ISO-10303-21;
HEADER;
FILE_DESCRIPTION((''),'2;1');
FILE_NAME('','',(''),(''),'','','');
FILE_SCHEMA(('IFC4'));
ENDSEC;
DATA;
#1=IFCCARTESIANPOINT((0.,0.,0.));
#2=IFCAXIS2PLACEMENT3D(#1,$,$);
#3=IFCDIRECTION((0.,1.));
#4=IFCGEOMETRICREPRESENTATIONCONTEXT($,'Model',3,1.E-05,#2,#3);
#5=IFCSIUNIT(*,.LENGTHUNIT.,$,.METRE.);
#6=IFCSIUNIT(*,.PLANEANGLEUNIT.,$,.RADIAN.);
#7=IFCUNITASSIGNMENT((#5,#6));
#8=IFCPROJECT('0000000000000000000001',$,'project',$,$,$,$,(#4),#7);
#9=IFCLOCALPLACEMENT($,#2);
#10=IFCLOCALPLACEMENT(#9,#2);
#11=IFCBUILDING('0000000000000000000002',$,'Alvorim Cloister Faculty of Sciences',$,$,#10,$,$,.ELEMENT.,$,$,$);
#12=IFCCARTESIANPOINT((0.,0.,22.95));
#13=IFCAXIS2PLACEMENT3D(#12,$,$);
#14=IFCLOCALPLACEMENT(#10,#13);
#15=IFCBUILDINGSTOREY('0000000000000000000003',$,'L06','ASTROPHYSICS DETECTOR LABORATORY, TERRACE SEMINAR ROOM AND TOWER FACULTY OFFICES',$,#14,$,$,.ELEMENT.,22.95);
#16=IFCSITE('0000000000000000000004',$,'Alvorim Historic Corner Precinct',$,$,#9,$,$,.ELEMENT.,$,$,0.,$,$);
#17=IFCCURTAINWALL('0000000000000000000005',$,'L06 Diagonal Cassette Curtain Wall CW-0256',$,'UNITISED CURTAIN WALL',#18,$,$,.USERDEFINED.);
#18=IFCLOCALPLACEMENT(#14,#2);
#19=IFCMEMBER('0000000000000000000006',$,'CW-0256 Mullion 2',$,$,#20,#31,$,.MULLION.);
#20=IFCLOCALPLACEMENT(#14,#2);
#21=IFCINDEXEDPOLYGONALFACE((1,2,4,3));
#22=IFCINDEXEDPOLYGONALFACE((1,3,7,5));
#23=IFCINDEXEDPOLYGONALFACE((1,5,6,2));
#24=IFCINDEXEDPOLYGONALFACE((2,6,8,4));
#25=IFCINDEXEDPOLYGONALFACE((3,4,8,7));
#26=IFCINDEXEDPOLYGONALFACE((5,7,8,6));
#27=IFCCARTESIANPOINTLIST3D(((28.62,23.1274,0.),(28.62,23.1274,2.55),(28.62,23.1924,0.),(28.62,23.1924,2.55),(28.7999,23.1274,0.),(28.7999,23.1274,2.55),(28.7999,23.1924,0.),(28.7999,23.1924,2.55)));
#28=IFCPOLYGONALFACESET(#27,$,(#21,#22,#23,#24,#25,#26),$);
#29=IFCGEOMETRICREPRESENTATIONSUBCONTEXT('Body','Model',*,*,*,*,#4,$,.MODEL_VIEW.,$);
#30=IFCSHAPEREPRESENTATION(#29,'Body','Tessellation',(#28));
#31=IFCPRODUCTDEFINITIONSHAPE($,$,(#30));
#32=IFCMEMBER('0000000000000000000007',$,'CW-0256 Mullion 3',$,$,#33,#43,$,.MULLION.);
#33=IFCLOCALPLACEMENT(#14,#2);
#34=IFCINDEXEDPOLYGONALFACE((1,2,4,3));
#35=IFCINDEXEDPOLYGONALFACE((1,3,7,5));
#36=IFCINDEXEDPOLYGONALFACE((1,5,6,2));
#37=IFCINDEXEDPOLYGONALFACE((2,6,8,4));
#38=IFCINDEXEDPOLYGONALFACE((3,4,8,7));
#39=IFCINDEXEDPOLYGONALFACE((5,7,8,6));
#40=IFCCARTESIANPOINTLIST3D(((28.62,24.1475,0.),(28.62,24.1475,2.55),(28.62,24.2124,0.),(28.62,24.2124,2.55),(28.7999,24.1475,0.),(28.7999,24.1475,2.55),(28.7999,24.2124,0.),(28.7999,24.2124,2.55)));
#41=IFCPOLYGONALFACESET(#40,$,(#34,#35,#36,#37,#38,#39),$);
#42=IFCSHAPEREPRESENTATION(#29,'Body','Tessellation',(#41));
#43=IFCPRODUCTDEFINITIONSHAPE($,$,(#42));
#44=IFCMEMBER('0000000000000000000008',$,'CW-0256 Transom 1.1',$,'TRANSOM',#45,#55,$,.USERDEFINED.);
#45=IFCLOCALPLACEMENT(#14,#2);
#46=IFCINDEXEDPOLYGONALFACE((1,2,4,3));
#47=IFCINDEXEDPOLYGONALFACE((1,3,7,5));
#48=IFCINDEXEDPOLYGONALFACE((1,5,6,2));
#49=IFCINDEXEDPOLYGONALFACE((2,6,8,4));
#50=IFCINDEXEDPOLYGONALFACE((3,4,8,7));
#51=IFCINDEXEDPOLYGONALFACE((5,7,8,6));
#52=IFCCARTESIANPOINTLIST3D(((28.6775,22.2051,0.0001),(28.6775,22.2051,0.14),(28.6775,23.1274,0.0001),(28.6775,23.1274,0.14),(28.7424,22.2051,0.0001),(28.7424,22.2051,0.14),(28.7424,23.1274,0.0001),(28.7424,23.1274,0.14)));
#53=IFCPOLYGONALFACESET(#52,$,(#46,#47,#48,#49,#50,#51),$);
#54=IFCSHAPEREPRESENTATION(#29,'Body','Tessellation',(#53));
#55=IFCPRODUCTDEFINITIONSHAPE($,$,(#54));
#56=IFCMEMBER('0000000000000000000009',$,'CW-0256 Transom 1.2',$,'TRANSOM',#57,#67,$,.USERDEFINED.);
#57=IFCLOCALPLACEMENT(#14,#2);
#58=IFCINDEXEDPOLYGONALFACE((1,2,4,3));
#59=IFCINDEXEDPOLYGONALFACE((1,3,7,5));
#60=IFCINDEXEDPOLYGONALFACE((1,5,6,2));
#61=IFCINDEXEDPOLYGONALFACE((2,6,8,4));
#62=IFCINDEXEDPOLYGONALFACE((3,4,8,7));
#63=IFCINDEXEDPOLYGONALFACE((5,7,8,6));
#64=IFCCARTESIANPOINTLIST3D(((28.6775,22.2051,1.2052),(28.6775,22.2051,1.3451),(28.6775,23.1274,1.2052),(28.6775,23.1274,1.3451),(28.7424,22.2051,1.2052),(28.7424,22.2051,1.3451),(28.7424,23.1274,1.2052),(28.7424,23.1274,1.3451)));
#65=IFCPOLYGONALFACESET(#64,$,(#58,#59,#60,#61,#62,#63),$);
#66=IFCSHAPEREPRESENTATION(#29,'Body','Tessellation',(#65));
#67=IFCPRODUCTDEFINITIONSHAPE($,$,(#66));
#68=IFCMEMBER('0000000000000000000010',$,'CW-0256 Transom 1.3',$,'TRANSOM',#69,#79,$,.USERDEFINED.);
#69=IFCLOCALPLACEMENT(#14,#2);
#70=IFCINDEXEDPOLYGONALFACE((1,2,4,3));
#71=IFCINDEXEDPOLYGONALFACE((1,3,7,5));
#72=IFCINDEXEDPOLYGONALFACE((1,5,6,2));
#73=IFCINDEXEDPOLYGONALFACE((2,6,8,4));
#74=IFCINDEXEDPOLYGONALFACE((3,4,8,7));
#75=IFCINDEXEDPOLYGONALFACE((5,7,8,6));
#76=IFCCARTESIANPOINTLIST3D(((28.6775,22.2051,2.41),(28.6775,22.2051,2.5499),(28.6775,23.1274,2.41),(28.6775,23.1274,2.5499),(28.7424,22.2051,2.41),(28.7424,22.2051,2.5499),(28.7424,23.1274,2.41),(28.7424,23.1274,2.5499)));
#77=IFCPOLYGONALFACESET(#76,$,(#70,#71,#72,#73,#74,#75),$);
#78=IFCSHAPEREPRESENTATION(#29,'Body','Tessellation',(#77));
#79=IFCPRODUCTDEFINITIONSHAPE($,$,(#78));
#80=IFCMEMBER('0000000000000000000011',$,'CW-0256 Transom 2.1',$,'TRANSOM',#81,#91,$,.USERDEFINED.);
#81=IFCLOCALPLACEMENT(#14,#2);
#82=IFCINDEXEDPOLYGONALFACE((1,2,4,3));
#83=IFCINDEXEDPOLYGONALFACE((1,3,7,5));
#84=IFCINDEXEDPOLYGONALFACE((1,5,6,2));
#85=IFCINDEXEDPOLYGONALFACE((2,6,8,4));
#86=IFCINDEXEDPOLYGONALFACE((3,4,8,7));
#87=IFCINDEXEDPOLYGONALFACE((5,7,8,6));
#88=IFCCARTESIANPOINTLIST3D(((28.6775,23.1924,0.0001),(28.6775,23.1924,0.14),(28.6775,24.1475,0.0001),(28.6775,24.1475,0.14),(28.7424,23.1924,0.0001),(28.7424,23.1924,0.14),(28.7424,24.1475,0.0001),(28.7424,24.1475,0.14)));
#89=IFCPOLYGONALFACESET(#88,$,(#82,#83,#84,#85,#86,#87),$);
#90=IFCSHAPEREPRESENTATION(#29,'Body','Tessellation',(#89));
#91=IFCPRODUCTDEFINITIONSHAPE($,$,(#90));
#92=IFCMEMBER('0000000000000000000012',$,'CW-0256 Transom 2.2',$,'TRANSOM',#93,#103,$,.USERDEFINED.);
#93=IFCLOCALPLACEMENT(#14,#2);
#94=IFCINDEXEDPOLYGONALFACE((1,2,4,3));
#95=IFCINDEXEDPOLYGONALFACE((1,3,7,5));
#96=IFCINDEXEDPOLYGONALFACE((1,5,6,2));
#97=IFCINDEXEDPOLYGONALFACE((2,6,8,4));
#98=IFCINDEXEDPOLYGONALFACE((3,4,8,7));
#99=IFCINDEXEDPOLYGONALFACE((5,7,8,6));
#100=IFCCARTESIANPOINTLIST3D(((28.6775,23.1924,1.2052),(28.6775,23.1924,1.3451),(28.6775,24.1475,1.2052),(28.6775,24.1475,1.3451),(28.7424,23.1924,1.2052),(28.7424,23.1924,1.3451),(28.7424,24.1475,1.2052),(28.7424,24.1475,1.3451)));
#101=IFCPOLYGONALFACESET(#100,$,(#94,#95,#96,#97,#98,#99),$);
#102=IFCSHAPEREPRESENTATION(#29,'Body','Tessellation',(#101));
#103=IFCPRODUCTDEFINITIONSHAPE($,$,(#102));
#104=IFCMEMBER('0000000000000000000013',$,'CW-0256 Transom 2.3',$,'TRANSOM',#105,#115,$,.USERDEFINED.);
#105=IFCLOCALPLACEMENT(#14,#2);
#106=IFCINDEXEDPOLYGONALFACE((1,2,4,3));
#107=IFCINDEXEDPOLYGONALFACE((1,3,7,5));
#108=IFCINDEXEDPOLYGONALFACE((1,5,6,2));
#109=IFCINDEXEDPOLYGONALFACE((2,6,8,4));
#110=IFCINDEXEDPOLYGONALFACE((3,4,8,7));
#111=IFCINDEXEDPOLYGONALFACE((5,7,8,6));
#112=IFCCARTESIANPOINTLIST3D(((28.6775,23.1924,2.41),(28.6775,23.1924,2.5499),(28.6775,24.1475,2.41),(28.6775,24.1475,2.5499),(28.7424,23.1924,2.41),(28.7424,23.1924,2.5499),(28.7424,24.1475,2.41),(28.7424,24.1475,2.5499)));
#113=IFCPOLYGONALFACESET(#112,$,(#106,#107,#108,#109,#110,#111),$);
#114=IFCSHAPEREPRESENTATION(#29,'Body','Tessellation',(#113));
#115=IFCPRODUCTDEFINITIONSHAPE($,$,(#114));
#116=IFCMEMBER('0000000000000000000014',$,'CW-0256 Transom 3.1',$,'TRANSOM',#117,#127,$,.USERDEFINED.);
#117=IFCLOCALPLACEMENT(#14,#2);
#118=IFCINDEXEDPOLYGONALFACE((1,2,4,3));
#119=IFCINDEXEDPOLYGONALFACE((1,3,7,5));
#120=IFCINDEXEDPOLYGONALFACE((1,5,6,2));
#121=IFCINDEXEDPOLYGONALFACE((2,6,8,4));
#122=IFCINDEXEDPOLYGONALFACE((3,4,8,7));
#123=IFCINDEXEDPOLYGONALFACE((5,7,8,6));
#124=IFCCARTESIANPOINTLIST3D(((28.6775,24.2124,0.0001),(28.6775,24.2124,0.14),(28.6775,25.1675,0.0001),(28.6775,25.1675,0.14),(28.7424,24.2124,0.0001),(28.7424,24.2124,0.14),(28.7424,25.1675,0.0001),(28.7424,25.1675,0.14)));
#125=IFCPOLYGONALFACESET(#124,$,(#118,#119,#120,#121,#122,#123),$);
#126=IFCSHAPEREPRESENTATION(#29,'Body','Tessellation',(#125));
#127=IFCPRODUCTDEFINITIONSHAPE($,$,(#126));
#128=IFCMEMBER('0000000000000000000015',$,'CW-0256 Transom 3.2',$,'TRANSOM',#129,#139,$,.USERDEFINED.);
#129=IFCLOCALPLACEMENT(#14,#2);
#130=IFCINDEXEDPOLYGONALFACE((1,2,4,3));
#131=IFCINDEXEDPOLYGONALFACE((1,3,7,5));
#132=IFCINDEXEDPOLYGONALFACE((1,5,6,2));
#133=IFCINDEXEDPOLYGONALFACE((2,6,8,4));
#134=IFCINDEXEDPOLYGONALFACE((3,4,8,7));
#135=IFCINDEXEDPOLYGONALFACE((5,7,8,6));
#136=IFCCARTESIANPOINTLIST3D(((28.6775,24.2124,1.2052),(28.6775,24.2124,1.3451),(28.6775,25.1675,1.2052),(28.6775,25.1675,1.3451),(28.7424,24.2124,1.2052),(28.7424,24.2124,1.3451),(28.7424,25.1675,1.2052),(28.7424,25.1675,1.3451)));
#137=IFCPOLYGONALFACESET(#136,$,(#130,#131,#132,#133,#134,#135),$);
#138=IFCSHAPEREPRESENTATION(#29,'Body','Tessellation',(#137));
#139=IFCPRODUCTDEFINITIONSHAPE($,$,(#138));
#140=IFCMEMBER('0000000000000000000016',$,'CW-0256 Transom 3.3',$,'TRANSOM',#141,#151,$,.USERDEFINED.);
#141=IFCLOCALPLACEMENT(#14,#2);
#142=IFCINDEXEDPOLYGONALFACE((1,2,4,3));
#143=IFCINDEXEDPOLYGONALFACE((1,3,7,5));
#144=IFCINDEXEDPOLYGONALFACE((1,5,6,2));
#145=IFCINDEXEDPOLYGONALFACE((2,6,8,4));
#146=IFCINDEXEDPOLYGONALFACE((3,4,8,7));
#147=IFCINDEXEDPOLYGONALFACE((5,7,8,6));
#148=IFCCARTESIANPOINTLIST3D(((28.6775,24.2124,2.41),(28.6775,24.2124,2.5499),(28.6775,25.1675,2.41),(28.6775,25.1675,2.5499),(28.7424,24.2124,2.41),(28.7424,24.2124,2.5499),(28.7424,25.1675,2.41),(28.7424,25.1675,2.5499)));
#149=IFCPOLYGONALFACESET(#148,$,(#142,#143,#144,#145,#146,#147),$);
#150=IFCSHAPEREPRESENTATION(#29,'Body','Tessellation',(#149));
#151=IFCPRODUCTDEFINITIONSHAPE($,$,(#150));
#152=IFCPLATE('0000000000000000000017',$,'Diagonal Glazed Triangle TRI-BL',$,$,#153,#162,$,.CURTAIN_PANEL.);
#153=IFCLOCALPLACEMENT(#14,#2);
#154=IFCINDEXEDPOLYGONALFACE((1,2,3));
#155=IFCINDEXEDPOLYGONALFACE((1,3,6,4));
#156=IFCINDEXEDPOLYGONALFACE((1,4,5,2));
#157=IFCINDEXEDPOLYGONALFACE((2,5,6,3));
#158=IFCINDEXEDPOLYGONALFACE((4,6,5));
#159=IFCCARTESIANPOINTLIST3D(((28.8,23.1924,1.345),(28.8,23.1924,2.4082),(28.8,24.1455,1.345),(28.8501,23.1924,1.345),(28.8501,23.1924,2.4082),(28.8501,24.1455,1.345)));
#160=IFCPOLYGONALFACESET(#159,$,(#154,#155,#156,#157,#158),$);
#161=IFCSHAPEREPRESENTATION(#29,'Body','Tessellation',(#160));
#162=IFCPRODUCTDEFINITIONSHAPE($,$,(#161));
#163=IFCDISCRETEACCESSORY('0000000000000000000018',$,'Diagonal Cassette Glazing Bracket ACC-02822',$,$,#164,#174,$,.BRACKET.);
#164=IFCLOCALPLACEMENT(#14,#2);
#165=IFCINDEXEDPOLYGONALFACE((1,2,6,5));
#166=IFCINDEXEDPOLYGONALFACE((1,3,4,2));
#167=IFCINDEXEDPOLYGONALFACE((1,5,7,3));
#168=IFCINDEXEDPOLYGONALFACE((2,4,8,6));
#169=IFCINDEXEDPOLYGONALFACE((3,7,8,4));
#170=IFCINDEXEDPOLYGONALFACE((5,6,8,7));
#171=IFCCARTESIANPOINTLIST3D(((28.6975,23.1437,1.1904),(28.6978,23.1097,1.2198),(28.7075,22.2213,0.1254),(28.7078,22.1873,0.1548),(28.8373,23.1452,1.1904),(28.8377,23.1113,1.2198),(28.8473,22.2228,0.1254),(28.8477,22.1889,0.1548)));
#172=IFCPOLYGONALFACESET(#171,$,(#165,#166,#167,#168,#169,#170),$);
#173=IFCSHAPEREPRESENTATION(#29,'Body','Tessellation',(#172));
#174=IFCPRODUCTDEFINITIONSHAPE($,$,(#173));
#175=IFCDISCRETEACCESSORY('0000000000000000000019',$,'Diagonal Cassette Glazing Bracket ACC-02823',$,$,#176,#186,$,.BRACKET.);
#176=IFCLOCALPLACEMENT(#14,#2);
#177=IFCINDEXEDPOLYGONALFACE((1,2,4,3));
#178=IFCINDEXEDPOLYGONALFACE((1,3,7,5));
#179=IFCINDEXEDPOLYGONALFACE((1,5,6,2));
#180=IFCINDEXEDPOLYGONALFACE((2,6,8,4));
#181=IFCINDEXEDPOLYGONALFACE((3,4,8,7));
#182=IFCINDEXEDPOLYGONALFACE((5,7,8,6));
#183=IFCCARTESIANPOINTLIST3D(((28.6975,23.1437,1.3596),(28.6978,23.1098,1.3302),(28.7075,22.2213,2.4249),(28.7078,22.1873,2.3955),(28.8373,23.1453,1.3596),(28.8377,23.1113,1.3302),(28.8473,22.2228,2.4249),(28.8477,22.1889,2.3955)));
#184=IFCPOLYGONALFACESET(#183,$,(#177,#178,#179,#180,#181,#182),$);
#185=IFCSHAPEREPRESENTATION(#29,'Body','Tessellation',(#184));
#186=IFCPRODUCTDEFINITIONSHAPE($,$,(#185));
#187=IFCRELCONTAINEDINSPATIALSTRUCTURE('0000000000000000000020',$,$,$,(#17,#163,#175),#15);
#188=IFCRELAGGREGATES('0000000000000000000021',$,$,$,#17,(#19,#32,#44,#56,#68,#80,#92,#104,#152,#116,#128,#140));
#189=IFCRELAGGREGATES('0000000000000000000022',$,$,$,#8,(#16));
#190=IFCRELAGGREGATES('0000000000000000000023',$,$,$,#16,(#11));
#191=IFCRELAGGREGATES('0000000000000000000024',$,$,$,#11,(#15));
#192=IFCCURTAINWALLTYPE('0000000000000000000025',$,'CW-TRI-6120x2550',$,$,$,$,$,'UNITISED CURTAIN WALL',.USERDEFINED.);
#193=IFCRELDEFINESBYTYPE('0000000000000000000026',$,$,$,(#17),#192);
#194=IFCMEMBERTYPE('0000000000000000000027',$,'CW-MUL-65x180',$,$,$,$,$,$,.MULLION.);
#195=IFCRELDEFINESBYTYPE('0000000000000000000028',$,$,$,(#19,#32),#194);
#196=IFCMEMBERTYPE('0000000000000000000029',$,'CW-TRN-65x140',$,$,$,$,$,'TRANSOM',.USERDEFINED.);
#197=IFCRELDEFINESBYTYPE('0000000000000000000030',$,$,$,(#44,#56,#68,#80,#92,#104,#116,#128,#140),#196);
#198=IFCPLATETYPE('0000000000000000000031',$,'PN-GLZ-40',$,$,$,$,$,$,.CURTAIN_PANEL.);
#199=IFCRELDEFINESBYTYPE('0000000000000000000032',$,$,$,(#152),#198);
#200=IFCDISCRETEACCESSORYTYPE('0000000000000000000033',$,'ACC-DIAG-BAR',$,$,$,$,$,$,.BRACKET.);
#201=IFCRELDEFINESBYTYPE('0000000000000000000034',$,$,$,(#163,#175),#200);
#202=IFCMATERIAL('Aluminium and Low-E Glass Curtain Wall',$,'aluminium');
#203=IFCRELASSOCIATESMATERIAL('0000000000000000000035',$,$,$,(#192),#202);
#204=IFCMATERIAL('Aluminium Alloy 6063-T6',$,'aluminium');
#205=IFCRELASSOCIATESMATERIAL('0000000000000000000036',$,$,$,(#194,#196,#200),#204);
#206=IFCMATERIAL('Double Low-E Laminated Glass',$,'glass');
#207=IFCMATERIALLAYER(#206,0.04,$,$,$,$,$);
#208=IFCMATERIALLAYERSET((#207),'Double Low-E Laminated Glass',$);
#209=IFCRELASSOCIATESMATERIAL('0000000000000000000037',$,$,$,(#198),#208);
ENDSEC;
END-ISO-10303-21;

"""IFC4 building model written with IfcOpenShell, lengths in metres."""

from ifc_helpers import new_model, si_unit, direction, frame, origin, origin_2d, place, context, subcontext, project, spatial, polyline, rectangle, outline, extrude, material, layer, layer_set, material_profile, profile_set, type_object, element, aggregate, save


model = new_model("IFC4")

# Units and contexts
model_context = context("Model", 3, precision=1e-05, world=origin(), true_north=direction((0.0, 1.0)))
body_context = subcontext(model_context, "Body", "Model", "MODEL_VIEW")
ifc_project = project(units=[si_unit("LENGTHUNIT", "METRE"), si_unit("PLANEANGLEUNIT", "RADIAN")], contexts=[model_context])

# Site, building, storey
site_placement = place(None, origin())
site = spatial("IfcSite", under=ifc_project, at=site_placement, Name="Alvorim Historic Corner Precinct", CompositionType="ELEMENT", RefElevation=0.0)
building_placement = place(site_placement, origin())
building = spatial("IfcBuilding", under=site, at=building_placement, Name="Alvorim Cloister Faculty of Sciences", CompositionType="ELEMENT")
storey_placement = place(building_placement, frame((0.0, 0.0, 22.95)))
storey = spatial("IfcBuildingStorey", under=building, at=storey_placement, Name="L06", Description="ASTROPHYSICS DETECTOR LABORATORY, TERRACE SEMINAR ROOM AND TOWER FACULTY OFFICES", CompositionType="ELEMENT", Elevation=22.95)

# Curtain wall, members, plate
ifc_material_1 = material(Name="Aluminium and Low-E Glass Curtain Wall", Category="aluminium")
curtain_wall_type = type_object("IfcCurtainWallType", Name="CW-TRI-6120x2550", ElementType="UNITISED CURTAIN WALL", PredefinedType="USERDEFINED", material=ifc_material_1)
curtain_wall_placement = place(storey_placement, origin())
curtain_wall = element("IfcCurtainWall", 1, at=curtain_wall_placement, inside=storey, type_object=curtain_wall_type, Name="L06 Diagonal Cassette Curtain Wall CW-0256", ObjectType="UNITISED CURTAIN WALL", PredefinedType="USERDEFINED")
ifc_material_2 = material(Name="Aluminium Alloy 6063-T6", Category="aluminium")
ifc_material_profile_1 = material_profile(ifc_material_2, rectangle(XDim=0.0649, YDim=0.1799, at=origin_2d()), Name="ALU-MUL-65x180")
ifc_profile_set_1 = profile_set([ifc_material_profile_1], Name="Aluminium Alloy 6063-T6")
member_type_1 = type_object("IfcMemberType", Name="CW-MUL-65x180", PredefinedType="MULLION", material=ifc_profile_set_1)
member_1_placement = place(storey_placement, frame((28.71, 23.1599, 0.0), z_axis=(0.0, 0.0, 1.0), x_axis=(0.0, 1.0, 0.0)))
member_1 = element("IfcMember", 2, at=member_1_placement, type_object=member_type_1, Name="CW-0256 Mullion 2", PredefinedType="MULLION", context=body_context, shape_type="SweptSolid", body=[
    extrude(rectangle(XDim=0.0649, YDim=0.1799, at=origin_2d()), origin(), (0.0, 0.0, 1.0), 2.55),
])
member_2_placement = place(storey_placement, frame((28.71, 24.1799, 0.0), z_axis=(0.0, 0.0, 1.0), x_axis=(0.0, 1.0, 0.0)))
member_2 = element("IfcMember", 3, at=member_2_placement, type_object=member_type_1, Name="CW-0256 Mullion 3", PredefinedType="MULLION", context=body_context, shape_type="SweptSolid", body=[
    extrude(rectangle(XDim=0.0649, YDim=0.1799, at=origin_2d()), origin(), (0.0, 0.0, 1.0), 2.55),
])
ifc_material_profile_2 = material_profile(ifc_material_2, rectangle(XDim=0.0649, YDim=0.1399, at=origin_2d()), Name="ALU-TRN-65x140")
ifc_profile_set_2 = profile_set([ifc_material_profile_2], Name="Aluminium Alloy 6063-T6")
member_type_2 = type_object("IfcMemberType", Name="CW-TRN-65x140", ElementType="TRANSOM", PredefinedType="USERDEFINED", material=ifc_profile_set_2)
member_3_placement = place(storey_placement, frame((28.71, 22.2051, 0.0701), z_axis=(0.0, 1.0, 0.0), x_axis=(-1.0, 0.0, 0.0)))
member_3 = element("IfcMember", 4, at=member_3_placement, type_object=member_type_2, Name="CW-0256 Transom 1.1", ObjectType="TRANSOM", PredefinedType="USERDEFINED", context=body_context, shape_type="SweptSolid", body=[
    extrude(rectangle(XDim=0.0649, YDim=0.1399, at=origin_2d()), origin(), (0.0, 0.0, 1.0), 0.9224),
])
member_4_placement = place(storey_placement, frame((28.71, 22.2051, 1.2751), z_axis=(0.0, 1.0, 0.0), x_axis=(-1.0, 0.0, 0.0)))
member_4 = element("IfcMember", 5, at=member_4_placement, type_object=member_type_2, Name="CW-0256 Transom 1.2", ObjectType="TRANSOM", PredefinedType="USERDEFINED", context=body_context, shape_type="SweptSolid", body=[
    extrude(rectangle(XDim=0.0649, YDim=0.1399, at=origin_2d()), origin(), (0.0, 0.0, 1.0), 0.9224),
])
member_5_placement = place(storey_placement, frame((28.71, 22.2051, 2.48), z_axis=(0.0, 1.0, 0.0), x_axis=(-1.0, 0.0, 0.0)))
member_5 = element("IfcMember", 6, at=member_5_placement, type_object=member_type_2, Name="CW-0256 Transom 1.3", ObjectType="TRANSOM", PredefinedType="USERDEFINED", context=body_context, shape_type="SweptSolid", body=[
    extrude(rectangle(XDim=0.0649, YDim=0.1399, at=origin_2d()), origin(), (0.0, 0.0, 1.0), 0.9224),
])
member_6_placement = place(storey_placement, frame((28.71, 23.1924, 0.0701), z_axis=(0.0, 1.0, 0.0), x_axis=(-1.0, 0.0, 0.0)))
member_6 = element("IfcMember", 7, at=member_6_placement, type_object=member_type_2, Name="CW-0256 Transom 2.1", ObjectType="TRANSOM", PredefinedType="USERDEFINED", context=body_context, shape_type="SweptSolid", body=[
    extrude(rectangle(XDim=0.0649, YDim=0.1399, at=origin_2d()), origin(), (0.0, 0.0, 1.0), 0.9551),
])
member_7_placement = place(storey_placement, frame((28.71, 23.1924, 1.2751), z_axis=(0.0, 1.0, 0.0), x_axis=(-1.0, 0.0, 0.0)))
member_7 = element("IfcMember", 8, at=member_7_placement, type_object=member_type_2, Name="CW-0256 Transom 2.2", ObjectType="TRANSOM", PredefinedType="USERDEFINED", context=body_context, shape_type="SweptSolid", body=[
    extrude(rectangle(XDim=0.0649, YDim=0.1399, at=origin_2d()), origin(), (0.0, 0.0, 1.0), 0.9551),
])
member_8_placement = place(storey_placement, frame((28.71, 23.1924, 2.48), z_axis=(0.0, 1.0, 0.0), x_axis=(-1.0, 0.0, 0.0)))
member_8 = element("IfcMember", 9, at=member_8_placement, type_object=member_type_2, Name="CW-0256 Transom 2.3", ObjectType="TRANSOM", PredefinedType="USERDEFINED", context=body_context, shape_type="SweptSolid", body=[
    extrude(rectangle(XDim=0.0649, YDim=0.1399, at=origin_2d()), origin(), (0.0, 0.0, 1.0), 0.9551),
])
member_9_placement = place(storey_placement, frame((28.71, 24.2124, 0.0701), z_axis=(0.0, 1.0, 0.0), x_axis=(-1.0, 0.0, 0.0)))
member_9 = element("IfcMember", 10, at=member_9_placement, type_object=member_type_2, Name="CW-0256 Transom 3.1", ObjectType="TRANSOM", PredefinedType="USERDEFINED", context=body_context, shape_type="SweptSolid", body=[
    extrude(rectangle(XDim=0.0649, YDim=0.1399, at=origin_2d()), origin(), (0.0, 0.0, 1.0), 0.9551),
])
member_10_placement = place(storey_placement, frame((28.71, 24.2124, 1.2751), z_axis=(0.0, 1.0, 0.0), x_axis=(-1.0, 0.0, 0.0)))
member_10 = element("IfcMember", 11, at=member_10_placement, type_object=member_type_2, Name="CW-0256 Transom 3.2", ObjectType="TRANSOM", PredefinedType="USERDEFINED", context=body_context, shape_type="SweptSolid", body=[
    extrude(rectangle(XDim=0.0649, YDim=0.1399, at=origin_2d()), origin(), (0.0, 0.0, 1.0), 0.9551),
])
member_11_placement = place(storey_placement, frame((28.71, 24.2124, 2.48), z_axis=(0.0, 1.0, 0.0), x_axis=(-1.0, 0.0, 0.0)))
member_11 = element("IfcMember", 12, at=member_11_placement, type_object=member_type_2, Name="CW-0256 Transom 3.3", ObjectType="TRANSOM", PredefinedType="USERDEFINED", context=body_context, shape_type="SweptSolid", body=[
    extrude(rectangle(XDim=0.0649, YDim=0.1399, at=origin_2d()), origin(), (0.0, 0.0, 1.0), 0.9551),
])
ifc_material_3 = material(Name="Double Low-E Laminated Glass", Category="glass")
ifc_layer = layer(ifc_material_3, 0.04)
ifc_layer_set = layer_set([ifc_layer], Name="Double Low-E Laminated Glass")
plate_type = type_object("IfcPlateType", Name="PN-GLZ-40", PredefinedType="CURTAIN_PANEL", material=ifc_layer_set)
plate_1_placement = place(storey_placement, frame((28.825, 23.1924, 1.345), z_axis=(0.0, 0.0, 1.0), x_axis=(0.0, 1.0, 0.0)))
plate_1 = element("IfcPlate", 13, at=plate_1_placement, type_object=plate_type, Name="Diagonal Glazed Triangle TRI-BL", PredefinedType="CURTAIN_PANEL", context=body_context, shape_type="SweptSolid", body=[
    extrude(outline(polyline([(0.0, 0.0), (0.9531, 0.0), (0.0, 1.0632), (0.0, 0.0)])), frame((0.0, 0.0249, 0.0), z_axis=(0.0, -1.0, 0.0), x_axis=(1.0, 0.0, 0.0)), (0.0, 0.0, 1.0), 0.05),
])
aggregate(curtain_wall, [member_1, member_2, member_3, member_4, member_5, member_6, member_7, member_8, plate_1, member_9, member_10, member_11])

# Discrete accessories
discrete_accessory_type = type_object("IfcDiscreteAccessoryType", Name="ACC-DIAG-BAR", PredefinedType="BRACKET", material=ifc_material_2)
discrete_accessory_1_placement = place(storey_placement, frame((28.7776, 22.2051, 0.1401), z_axis=(-0.007105, 0.654676, 0.755876), x_axis=(-0.999941, -0.010852, 0.0)))
element("IfcDiscreteAccessory", 14, at=discrete_accessory_1_placement, inside=storey, type_object=discrete_accessory_type, Name="Diagonal Cassette Glazing Bracket ACC-02822", PredefinedType="BRACKET", context=body_context, shape_type="SweptSolid", body=[
    extrude(rectangle(XDim=0.1399, YDim=0.0449, at=origin_2d()), origin(), (0.0, 0.0, 1.0), 1.4089),
])
discrete_accessory_2_placement = place(storey_placement, frame((28.7776, 22.2051, 2.4102), z_axis=(-0.007104, 0.654591, -0.75595), x_axis=(-0.999941, -0.010852, 0.0)))
element("IfcDiscreteAccessory", 15, at=discrete_accessory_2_placement, inside=storey, type_object=discrete_accessory_type, Name="Diagonal Cassette Glazing Bracket ACC-02823", PredefinedType="BRACKET", context=body_context, shape_type="SweptSolid", body=[
    extrude(rectangle(XDim=0.1399, YDim=0.0449, at=origin_2d()), origin(), (0.0, 0.0, 1.0), 1.4092),
])

save(model, "model.ifc")
